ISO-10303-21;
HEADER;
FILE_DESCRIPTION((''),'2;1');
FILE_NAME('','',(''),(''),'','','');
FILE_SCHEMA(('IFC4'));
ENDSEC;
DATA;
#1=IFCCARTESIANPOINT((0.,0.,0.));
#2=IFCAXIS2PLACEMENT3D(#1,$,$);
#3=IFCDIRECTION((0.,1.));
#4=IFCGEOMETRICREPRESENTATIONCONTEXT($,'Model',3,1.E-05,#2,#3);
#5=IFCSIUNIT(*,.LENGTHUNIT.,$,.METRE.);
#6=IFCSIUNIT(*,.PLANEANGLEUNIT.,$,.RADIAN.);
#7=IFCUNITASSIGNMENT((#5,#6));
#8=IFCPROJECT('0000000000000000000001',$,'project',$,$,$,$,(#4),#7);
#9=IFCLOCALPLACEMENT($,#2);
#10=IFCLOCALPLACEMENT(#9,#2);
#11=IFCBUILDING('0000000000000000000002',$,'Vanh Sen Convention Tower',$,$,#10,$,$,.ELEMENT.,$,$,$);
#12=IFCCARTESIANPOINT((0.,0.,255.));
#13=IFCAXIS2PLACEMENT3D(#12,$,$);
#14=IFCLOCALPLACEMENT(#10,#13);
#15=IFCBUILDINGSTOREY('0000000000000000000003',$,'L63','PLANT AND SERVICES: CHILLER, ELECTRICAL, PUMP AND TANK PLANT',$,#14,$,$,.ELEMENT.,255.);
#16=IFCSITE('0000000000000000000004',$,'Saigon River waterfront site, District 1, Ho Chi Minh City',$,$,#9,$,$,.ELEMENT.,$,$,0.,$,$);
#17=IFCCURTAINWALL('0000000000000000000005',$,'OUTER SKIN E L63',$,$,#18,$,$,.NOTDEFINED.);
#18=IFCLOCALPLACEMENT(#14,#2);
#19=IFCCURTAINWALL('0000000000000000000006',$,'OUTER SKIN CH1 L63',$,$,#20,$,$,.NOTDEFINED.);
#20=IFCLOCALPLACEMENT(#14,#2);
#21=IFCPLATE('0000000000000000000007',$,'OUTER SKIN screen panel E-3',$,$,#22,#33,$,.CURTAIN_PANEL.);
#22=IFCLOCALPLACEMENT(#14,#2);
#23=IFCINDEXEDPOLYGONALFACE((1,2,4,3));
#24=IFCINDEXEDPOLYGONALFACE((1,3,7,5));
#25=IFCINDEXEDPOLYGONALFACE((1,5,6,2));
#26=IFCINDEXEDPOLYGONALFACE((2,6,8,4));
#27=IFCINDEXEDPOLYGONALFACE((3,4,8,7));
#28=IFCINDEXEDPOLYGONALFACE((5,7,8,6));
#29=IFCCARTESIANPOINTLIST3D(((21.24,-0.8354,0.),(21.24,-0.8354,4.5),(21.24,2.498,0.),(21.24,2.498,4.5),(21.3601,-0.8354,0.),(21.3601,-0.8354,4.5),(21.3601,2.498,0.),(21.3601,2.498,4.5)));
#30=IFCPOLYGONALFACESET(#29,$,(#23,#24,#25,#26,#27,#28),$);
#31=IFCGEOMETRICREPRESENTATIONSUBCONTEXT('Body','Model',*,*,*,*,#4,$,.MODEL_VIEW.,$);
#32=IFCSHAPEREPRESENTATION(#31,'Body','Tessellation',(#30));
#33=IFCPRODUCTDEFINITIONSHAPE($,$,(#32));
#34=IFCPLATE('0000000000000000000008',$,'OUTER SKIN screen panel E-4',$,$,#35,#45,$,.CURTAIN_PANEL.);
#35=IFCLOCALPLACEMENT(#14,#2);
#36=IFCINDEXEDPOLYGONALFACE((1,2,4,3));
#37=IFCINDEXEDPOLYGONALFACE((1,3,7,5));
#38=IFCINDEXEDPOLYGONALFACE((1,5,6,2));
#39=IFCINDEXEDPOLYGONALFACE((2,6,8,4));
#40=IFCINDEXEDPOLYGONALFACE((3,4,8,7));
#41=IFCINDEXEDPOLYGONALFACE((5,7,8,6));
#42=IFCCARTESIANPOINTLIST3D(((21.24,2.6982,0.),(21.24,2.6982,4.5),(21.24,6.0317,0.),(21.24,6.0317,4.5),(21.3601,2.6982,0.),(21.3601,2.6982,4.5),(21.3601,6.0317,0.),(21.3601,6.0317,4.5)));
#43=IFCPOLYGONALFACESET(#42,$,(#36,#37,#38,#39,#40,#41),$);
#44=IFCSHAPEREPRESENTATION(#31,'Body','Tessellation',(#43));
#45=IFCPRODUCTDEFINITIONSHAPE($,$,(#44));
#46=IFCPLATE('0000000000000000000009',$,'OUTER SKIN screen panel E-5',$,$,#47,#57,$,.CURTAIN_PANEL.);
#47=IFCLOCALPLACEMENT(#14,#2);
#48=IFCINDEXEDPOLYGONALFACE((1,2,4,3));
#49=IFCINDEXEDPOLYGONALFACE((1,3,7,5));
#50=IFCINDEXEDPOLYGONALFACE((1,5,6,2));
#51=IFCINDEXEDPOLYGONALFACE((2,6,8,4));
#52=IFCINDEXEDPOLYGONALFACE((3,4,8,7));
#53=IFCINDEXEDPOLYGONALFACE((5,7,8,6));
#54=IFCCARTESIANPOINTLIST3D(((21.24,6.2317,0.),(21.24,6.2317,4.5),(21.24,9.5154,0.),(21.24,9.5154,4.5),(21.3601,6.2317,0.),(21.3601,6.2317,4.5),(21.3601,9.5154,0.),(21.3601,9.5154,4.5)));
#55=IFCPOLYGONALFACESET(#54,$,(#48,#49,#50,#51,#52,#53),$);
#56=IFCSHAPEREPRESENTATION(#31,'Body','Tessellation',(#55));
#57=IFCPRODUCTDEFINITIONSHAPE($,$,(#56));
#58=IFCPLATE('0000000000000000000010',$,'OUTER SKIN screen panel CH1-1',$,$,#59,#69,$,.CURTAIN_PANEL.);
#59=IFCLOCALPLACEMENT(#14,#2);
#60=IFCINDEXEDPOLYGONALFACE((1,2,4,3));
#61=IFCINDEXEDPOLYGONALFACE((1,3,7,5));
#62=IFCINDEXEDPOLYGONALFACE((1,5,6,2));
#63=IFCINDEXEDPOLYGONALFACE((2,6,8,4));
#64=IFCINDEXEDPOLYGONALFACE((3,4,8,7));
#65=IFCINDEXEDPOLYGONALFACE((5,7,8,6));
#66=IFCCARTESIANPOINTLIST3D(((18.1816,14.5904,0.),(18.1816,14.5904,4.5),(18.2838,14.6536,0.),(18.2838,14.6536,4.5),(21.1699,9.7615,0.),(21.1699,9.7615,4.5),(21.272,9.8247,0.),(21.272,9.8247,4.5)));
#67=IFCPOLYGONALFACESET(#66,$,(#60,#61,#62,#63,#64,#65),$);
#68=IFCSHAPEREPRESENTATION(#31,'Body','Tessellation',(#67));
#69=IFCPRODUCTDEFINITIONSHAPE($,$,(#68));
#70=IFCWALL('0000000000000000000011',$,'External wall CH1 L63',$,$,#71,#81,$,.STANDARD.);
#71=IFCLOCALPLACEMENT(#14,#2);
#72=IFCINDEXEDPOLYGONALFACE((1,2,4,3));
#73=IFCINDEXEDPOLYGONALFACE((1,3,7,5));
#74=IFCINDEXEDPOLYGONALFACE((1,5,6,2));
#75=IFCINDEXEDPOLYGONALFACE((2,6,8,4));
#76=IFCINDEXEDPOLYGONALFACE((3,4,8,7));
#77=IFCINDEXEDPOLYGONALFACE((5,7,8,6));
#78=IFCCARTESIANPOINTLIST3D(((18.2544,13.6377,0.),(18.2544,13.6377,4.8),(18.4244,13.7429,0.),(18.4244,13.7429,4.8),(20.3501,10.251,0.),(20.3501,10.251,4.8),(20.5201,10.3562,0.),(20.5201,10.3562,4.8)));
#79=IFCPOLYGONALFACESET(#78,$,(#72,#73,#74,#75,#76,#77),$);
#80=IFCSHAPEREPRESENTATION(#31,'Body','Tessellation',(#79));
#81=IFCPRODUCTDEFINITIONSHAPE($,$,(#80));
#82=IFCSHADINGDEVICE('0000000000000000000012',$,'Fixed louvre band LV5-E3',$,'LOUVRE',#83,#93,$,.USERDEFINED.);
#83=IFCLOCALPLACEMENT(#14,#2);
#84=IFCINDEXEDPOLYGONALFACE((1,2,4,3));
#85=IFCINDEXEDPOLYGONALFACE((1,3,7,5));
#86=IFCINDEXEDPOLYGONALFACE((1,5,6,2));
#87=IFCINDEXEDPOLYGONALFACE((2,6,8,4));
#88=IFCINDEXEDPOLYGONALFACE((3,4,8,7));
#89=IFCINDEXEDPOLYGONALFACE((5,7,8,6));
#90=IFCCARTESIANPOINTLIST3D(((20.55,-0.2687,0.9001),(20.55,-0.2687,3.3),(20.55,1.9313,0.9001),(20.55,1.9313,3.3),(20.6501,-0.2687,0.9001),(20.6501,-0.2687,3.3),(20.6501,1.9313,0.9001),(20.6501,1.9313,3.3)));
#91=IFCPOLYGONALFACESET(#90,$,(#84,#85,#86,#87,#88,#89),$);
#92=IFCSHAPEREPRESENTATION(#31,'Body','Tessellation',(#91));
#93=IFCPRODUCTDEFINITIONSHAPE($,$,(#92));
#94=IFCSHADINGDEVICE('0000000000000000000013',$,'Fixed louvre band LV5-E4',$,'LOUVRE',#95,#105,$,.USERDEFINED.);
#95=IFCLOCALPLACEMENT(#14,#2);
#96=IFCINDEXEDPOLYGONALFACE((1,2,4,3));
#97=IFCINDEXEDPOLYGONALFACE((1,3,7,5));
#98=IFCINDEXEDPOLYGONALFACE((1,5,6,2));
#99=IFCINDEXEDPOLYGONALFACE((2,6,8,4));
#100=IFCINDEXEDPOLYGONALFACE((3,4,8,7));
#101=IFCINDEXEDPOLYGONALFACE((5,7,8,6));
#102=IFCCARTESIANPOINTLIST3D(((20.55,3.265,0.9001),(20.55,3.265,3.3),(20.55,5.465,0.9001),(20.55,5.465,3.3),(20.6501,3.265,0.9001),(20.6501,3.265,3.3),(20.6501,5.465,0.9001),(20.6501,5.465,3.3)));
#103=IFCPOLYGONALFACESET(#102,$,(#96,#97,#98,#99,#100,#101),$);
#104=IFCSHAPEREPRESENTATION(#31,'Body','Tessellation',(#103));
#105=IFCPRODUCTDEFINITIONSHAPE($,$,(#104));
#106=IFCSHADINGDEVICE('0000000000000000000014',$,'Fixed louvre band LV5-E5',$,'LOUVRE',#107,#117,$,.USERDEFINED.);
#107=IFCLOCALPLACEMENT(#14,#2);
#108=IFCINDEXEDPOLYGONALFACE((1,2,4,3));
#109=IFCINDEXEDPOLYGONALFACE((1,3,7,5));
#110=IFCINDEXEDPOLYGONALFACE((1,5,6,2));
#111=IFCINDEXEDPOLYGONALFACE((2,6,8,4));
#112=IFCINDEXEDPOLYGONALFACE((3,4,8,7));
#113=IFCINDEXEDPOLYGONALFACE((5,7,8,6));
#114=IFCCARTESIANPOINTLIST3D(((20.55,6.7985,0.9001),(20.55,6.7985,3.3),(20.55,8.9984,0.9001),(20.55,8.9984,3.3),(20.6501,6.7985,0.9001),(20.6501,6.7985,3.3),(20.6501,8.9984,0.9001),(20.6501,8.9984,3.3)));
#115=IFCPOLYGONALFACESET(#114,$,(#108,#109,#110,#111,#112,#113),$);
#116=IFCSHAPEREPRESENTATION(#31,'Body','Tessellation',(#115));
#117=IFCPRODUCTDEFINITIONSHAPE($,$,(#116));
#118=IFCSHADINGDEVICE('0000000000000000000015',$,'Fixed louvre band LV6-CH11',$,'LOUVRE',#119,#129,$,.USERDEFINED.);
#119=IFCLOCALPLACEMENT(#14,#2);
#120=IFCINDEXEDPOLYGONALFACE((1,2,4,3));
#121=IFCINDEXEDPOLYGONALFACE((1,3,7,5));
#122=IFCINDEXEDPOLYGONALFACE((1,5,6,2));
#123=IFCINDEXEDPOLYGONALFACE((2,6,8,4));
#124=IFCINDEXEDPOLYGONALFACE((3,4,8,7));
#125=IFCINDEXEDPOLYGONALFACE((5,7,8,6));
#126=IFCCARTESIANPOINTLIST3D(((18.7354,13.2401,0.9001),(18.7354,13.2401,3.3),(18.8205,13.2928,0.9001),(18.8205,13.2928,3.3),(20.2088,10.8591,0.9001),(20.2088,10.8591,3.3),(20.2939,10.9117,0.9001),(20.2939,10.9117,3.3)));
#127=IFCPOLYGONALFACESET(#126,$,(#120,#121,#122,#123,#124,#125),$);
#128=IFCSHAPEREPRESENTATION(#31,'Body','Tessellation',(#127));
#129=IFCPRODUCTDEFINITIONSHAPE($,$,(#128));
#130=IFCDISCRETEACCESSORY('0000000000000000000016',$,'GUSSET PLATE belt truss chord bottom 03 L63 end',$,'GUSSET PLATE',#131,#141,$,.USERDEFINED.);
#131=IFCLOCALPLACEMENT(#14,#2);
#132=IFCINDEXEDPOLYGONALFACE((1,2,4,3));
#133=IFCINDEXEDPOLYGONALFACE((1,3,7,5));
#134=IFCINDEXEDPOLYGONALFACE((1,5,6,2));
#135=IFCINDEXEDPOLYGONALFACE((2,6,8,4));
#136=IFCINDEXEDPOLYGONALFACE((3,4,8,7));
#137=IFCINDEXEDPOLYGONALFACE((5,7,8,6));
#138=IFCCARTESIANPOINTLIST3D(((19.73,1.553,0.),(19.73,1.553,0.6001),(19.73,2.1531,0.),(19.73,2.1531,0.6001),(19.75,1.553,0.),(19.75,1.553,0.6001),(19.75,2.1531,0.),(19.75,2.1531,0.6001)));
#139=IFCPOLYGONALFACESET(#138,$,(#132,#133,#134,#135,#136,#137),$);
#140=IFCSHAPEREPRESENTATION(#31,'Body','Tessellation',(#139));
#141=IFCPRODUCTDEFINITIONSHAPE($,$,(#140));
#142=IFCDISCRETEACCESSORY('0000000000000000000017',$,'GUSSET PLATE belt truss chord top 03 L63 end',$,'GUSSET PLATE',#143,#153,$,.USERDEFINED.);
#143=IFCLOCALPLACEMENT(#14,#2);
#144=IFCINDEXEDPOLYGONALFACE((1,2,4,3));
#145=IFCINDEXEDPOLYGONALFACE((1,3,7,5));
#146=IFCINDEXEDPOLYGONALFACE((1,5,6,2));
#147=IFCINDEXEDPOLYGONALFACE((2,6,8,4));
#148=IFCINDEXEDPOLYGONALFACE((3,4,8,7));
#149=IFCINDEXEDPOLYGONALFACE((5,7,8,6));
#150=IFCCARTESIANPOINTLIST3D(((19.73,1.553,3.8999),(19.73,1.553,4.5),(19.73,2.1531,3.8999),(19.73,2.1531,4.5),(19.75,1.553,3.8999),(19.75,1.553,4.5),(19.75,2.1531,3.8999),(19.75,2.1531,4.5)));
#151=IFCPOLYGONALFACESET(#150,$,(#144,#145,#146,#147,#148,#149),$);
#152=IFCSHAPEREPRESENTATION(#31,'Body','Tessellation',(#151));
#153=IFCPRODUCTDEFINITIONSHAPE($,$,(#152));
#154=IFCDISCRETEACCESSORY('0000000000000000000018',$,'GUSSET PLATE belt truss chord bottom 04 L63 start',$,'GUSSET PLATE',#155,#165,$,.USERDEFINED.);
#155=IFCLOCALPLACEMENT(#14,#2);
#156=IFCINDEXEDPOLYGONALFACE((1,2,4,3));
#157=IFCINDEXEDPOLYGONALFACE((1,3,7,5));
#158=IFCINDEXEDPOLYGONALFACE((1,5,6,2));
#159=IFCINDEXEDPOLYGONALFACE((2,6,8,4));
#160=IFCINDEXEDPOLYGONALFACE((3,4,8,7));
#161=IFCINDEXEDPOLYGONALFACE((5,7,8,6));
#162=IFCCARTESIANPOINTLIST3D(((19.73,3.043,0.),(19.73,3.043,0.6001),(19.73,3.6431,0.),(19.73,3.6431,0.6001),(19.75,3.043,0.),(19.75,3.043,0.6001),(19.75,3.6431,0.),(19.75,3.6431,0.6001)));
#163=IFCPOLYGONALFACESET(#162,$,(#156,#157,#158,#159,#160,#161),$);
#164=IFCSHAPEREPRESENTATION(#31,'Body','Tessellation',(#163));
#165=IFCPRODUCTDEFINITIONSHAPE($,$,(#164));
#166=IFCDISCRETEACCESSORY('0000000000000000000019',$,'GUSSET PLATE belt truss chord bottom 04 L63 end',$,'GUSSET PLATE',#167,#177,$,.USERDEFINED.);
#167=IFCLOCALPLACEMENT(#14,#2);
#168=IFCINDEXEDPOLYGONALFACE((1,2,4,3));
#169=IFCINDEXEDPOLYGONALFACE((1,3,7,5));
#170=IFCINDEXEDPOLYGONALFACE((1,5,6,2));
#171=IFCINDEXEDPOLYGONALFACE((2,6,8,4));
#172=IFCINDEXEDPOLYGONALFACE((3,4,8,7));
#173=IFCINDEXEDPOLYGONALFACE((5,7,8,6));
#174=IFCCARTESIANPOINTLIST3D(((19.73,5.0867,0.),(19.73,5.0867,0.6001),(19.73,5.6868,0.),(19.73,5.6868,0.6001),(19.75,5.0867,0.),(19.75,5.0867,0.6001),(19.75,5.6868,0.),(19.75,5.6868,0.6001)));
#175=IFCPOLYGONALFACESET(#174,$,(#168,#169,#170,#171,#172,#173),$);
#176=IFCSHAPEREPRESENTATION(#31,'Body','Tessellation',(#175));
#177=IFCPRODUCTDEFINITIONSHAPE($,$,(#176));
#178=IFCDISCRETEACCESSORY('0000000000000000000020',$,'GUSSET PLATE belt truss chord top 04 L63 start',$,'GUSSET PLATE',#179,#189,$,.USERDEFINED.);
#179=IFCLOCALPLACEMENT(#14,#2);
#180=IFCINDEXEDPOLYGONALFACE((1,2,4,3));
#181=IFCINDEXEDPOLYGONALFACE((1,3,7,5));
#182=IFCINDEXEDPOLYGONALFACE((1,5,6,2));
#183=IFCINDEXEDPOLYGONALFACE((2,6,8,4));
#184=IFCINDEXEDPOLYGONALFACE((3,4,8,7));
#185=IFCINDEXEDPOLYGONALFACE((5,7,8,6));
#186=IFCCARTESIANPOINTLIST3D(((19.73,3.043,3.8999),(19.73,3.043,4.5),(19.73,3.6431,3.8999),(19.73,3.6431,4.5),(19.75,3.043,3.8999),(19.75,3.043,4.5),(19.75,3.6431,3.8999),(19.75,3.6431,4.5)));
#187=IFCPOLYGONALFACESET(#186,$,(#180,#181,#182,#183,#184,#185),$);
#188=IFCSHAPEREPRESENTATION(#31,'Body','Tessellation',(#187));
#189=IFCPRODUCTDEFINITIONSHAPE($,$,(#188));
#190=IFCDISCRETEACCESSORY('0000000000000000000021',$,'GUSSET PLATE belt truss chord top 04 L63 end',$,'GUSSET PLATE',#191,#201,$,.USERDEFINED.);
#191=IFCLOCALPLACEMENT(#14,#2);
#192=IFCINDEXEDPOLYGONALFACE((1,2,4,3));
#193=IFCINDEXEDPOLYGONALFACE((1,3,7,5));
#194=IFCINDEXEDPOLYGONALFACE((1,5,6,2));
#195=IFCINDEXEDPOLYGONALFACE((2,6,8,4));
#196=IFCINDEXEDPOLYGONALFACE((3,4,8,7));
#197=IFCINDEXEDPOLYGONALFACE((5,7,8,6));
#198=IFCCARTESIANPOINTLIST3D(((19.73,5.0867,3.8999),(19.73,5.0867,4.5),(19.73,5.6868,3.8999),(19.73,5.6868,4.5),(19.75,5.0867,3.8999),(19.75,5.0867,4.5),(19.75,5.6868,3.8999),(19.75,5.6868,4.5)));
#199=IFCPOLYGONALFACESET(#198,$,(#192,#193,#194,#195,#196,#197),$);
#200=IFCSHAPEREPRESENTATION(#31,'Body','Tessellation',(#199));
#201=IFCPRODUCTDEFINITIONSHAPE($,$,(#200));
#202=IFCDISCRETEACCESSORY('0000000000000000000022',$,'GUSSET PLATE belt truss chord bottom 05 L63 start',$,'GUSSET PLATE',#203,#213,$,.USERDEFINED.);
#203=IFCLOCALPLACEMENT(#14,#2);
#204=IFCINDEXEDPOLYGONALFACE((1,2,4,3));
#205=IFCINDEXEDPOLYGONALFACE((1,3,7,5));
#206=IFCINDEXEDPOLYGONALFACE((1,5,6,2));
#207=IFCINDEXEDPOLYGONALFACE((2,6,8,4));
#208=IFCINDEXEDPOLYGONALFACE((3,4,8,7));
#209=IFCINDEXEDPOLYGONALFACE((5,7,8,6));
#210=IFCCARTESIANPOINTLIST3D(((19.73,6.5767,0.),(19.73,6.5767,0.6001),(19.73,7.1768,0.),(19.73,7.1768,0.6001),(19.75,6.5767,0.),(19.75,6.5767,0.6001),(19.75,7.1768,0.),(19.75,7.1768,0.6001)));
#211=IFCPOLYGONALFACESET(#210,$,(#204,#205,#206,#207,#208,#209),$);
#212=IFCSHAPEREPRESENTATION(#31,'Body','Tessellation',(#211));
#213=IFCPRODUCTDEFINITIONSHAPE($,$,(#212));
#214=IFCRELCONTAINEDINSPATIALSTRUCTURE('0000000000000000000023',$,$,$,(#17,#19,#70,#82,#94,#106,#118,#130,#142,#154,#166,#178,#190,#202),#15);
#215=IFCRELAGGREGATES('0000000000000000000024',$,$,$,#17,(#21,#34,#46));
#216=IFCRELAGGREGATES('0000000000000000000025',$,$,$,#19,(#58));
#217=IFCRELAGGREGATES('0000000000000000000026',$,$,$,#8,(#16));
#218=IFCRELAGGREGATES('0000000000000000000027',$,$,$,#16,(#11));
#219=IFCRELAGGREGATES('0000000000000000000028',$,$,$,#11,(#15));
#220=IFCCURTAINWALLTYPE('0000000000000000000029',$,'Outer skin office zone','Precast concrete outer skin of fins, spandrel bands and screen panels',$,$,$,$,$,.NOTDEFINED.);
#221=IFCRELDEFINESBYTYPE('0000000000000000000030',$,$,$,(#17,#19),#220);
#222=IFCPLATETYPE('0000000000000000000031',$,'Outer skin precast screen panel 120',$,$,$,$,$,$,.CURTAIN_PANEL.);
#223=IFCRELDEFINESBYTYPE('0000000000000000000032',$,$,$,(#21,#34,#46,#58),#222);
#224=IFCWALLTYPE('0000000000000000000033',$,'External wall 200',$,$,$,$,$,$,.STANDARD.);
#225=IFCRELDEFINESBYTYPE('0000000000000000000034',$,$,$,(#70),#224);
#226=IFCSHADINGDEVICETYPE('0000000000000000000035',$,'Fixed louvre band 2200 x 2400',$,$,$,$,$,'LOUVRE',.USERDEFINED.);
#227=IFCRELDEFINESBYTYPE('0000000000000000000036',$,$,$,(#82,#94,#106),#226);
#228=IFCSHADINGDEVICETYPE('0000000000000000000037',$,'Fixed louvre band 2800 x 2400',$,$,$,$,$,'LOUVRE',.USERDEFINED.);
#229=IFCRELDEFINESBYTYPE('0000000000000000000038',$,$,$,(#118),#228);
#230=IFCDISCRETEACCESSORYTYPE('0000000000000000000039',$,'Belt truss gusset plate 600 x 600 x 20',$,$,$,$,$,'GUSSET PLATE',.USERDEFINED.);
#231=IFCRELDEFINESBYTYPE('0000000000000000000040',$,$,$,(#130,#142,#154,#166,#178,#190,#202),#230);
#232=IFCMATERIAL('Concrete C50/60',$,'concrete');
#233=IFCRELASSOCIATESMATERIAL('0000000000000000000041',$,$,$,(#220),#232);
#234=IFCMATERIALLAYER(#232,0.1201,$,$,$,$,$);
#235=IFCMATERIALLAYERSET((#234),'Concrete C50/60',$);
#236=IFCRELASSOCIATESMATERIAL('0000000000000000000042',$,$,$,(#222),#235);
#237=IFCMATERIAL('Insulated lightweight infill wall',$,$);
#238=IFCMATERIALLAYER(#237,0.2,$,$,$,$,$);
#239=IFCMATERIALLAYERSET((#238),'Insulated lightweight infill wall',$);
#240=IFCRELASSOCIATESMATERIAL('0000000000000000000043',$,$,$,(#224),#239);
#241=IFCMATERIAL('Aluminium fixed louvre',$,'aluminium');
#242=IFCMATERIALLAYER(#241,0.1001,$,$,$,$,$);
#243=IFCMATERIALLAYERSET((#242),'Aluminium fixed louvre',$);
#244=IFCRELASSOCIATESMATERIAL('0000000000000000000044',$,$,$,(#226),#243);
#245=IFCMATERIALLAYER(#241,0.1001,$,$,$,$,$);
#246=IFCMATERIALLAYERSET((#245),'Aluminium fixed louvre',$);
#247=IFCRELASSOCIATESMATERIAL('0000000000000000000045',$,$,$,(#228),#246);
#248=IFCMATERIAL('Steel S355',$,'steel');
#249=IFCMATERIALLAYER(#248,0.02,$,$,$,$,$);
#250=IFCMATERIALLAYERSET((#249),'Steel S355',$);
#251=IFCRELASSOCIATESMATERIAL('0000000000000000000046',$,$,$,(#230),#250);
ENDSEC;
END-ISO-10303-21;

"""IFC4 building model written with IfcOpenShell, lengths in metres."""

from ifc_helpers import new_model, si_unit, direction, frame, frame_2d, origin, origin_2d, place, context, subcontext, project, spatial, rectangle, extrude, material, layer, layer_set, type_object, element, aggregate, save


model = new_model("IFC4")

# Units and contexts
model_context = context("Model", 3, precision=1e-05, world=origin(), true_north=direction((0.0, 1.0)))
body_context = subcontext(model_context, "Body", "Model", "MODEL_VIEW")
ifc_project = project(units=[si_unit("LENGTHUNIT", "METRE"), si_unit("PLANEANGLEUNIT", "RADIAN")], contexts=[model_context])

# Site, building, storey
site_placement = place(None, origin())
site = spatial("IfcSite", under=ifc_project, at=site_placement, Name="Saigon River waterfront site, District 1, Ho Chi Minh City", CompositionType="ELEMENT", RefElevation=0.0)
building_placement = place(site_placement, origin())
building = spatial("IfcBuilding", under=site, at=building_placement, Name="Vanh Sen Convention Tower", CompositionType="ELEMENT")
storey_placement = place(building_placement, frame((0.0, 0.0, 255.0)))
storey = spatial("IfcBuildingStorey", under=building, at=storey_placement, Name="L63", Description="PLANT AND SERVICES: CHILLER, ELECTRICAL, PUMP AND TANK PLANT", CompositionType="ELEMENT", Elevation=255.0)

# Shared definitions
ifc_material_1 = material(Name="Steel S355", Category="steel")

# Curtain wall
ifc_material_2 = material(Name="Concrete C50/60", Category="concrete")
curtain_wall_type = type_object("IfcCurtainWallType", Name="Outer skin office zone", Description="Precast concrete outer skin of fins, spandrel bands and screen panels", PredefinedType="NOTDEFINED", material=ifc_material_2)
curtain_wall_1_placement = place(storey_placement, origin())
curtain_wall_1 = element("IfcCurtainWall", 1, at=curtain_wall_1_placement, inside=storey, type_object=curtain_wall_type, Name="OUTER SKIN E L63", PredefinedType="NOTDEFINED")

# Curtain wall
curtain_wall_2_placement = place(storey_placement, origin())
curtain_wall_2 = element("IfcCurtainWall", 2, at=curtain_wall_2_placement, inside=storey, type_object=curtain_wall_type, Name="OUTER SKIN CH1 L63", PredefinedType="NOTDEFINED")

# Plates
ifc_layer_1 = layer(ifc_material_2, 0.1201)
ifc_layer_set_1 = layer_set([ifc_layer_1], Name="Concrete C50/60")
plate_type = type_object("IfcPlateType", Name="Outer skin precast screen panel 120", PredefinedType="CURTAIN_PANEL", material=ifc_layer_set_1)
plate_1_placement = place(storey_placement, frame((21.3, 0.8313, 0.0), z_axis=(0.0, 0.0, 1.0), x_axis=(0.0, 1.0, 0.0)))
plate_1 = element("IfcPlate", 3, at=plate_1_placement, type_object=plate_type, Name="OUTER SKIN screen panel E-3", PredefinedType="CURTAIN_PANEL", context=body_context, shape_type="SweptSolid", body=[
    extrude(rectangle(XDim=3.3335, YDim=0.1201, at=origin_2d()), origin(), (0.0, 0.0, 1.0), 4.5),
])
plate_2_placement = place(storey_placement, frame((21.3, 4.365, 0.0), z_axis=(0.0, 0.0, 1.0), x_axis=(0.0, 1.0, 0.0)))
plate_2 = element("IfcPlate", 4, at=plate_2_placement, type_object=plate_type, Name="OUTER SKIN screen panel E-4", PredefinedType="CURTAIN_PANEL", context=body_context, shape_type="SweptSolid", body=[
    extrude(rectangle(XDim=3.3335, YDim=0.1201, at=origin_2d()), origin(), (0.0, 0.0, 1.0), 4.5),
])
plate_3_placement = place(storey_placement, frame((21.3, 7.8735, 0.0), z_axis=(0.0, 0.0, 1.0), x_axis=(0.0, 1.0, 0.0)))
plate_3 = element("IfcPlate", 5, at=plate_3_placement, type_object=plate_type, Name="OUTER SKIN screen panel E-5", PredefinedType="CURTAIN_PANEL", context=body_context, shape_type="SweptSolid", body=[
    extrude(rectangle(XDim=3.2837, YDim=0.1201, at=origin_2d()), origin(), (0.0, 0.0, 1.0), 4.5),
])
aggregate(curtain_wall_1, [plate_1, plate_2, plate_3])
plate_4_placement = place(storey_placement, frame((19.7268, 12.2075, 0.0), z_axis=(0.0, 0.0, 1.0), x_axis=(-0.526217, 0.85035, 0.0)))
plate_4 = element("IfcPlate", 6, at=plate_4_placement, type_object=plate_type, Name="OUTER SKIN screen panel CH1-1", PredefinedType="CURTAIN_PANEL", context=body_context, shape_type="SweptSolid", body=[
    extrude(rectangle(XDim=5.6787, YDim=0.1201, at=origin_2d()), origin(), (0.0, 0.0, 1.0), 4.5),
])
aggregate(curtain_wall_2, [plate_4])

# Wall
ifc_material_3 = material(Name="Insulated lightweight infill wall")
ifc_layer_2 = layer(ifc_material_3, 0.2)
ifc_layer_set_2 = layer_set([ifc_layer_2], Name="Insulated lightweight infill wall")
wall_type = type_object("IfcWallType", Name="External wall 200", PredefinedType="STANDARD", material=ifc_layer_set_2)
wall_placement = place(storey_placement, frame((20.4351, 10.3037, 0.0), z_axis=(0.0, 0.0, 1.0), x_axis=(-0.526203, 0.850359, 0.0)))
element("IfcWall", 7, at=wall_placement, inside=storey, type_object=wall_type, Name="External wall CH1 L63", PredefinedType="STANDARD", context=body_context, shape_type="SweptSolid", body=[
    extrude(rectangle(XDim=3.9827, YDim=0.2, at=frame_2d((1.9912, 0.0))), origin(), (0.0, 0.0, 1.0), 4.8),
])

# Shading devices
ifc_material_4 = material(Name="Aluminium fixed louvre", Category="aluminium")
ifc_layer_3 = layer(ifc_material_4, 0.1001)
ifc_layer_set_3 = layer_set([ifc_layer_3], Name="Aluminium fixed louvre")
shading_device_type_1 = type_object("IfcShadingDeviceType", Name="Fixed louvre band 2200 x 2400", ElementType="LOUVRE", PredefinedType="USERDEFINED", material=ifc_layer_set_3)
for number, where, z_axis, x_axis, name in (
    (8, (20.6001, 0.8313, 0.9001), (0.0, 0.0, 1.0), (0.0, 1.0, 0.0), "Fixed louvre band LV5-E3"),
    (9, (20.6001, 4.365, 0.9001), (0.0, 0.0, 1.0), (0.0, 1.0, 0.0), "Fixed louvre band LV5-E4"),
    (10, (20.6001, 7.8984, 0.9001), (0.0, 0.0, 1.0), (0.0, 1.0, 0.0), "Fixed louvre band LV5-E5"),
):
    element("IfcShadingDevice", number, at=place(storey_placement, frame(where, z_axis=z_axis, x_axis=x_axis)), inside=storey, type_object=shading_device_type_1, Name=name, ObjectType="LOUVRE", PredefinedType="USERDEFINED", context=body_context, shape_type="SweptSolid", body=[
        extrude(rectangle(XDim=2.2, YDim=0.1001, at=origin_2d()), origin(), (0.0, 0.0, 1.0), 2.3999),
    ])
ifc_layer_4 = layer(ifc_material_4, 0.1001)
ifc_layer_set_4 = layer_set([ifc_layer_4], Name="Aluminium fixed louvre")
shading_device_type_2 = type_object("IfcShadingDeviceType", Name="Fixed louvre band 2800 x 2400", ElementType="LOUVRE", PredefinedType="USERDEFINED", material=ifc_layer_set_4)
shading_device_placement = place(storey_placement, frame((19.5146, 12.0759, 0.9001), z_axis=(0.0, 0.0, 1.0), x_axis=(-0.526208, 0.850356, 0.0)))
element("IfcShadingDevice", 11, at=shading_device_placement, inside=storey, type_object=shading_device_type_2, Name="Fixed louvre band LV6-CH11", ObjectType="LOUVRE", PredefinedType="USERDEFINED", context=body_context, shape_type="SweptSolid", body=[
    extrude(rectangle(XDim=2.8, YDim=0.1001, at=origin_2d()), origin(), (0.0, 0.0, 1.0), 2.3999),
])

# Discrete accessories
ifc_layer_5 = layer(ifc_material_1, 0.02)
ifc_layer_set_5 = layer_set([ifc_layer_5], Name="Steel S355")
discrete_accessory_type_1 = type_object("IfcDiscreteAccessoryType", Name="Belt truss gusset plate 600 x 600 x 20", ElementType="GUSSET PLATE", PredefinedType="USERDEFINED", material=ifc_layer_set_5)
for number, where, z_axis, x_axis, name in (
    (12, (19.74, 1.853, 0.0), (0.0, 0.0, 1.0), (0.0, -1.0, 0.0), "GUSSET PLATE belt truss chord bottom 03 L63 end"),
    (13, (19.74, 1.853, 3.8999), (0.0, 0.0, 1.0), (0.0, -1.0, 0.0), "GUSSET PLATE belt truss chord top 03 L63 end"),
    (14, (19.74, 3.343, 0.0), (0.0, 0.0, 1.0), (0.0, 1.0, 0.0), "GUSSET PLATE belt truss chord bottom 04 L63 start"),
    (15, (19.74, 5.3867, 0.0), (0.0, 0.0, 1.0), (0.0, -1.0, 0.0), "GUSSET PLATE belt truss chord bottom 04 L63 end"),
    (16, (19.74, 3.343, 3.8999), (0.0, 0.0, 1.0), (0.0, 1.0, 0.0), "GUSSET PLATE belt truss chord top 04 L63 start"),
    (17, (19.74, 5.3867, 3.8999), (0.0, 0.0, 1.0), (0.0, -1.0, 0.0), "GUSSET PLATE belt truss chord top 04 L63 end"),
    (18, (19.74, 6.8767, 0.0), (0.0, 0.0, 1.0), (0.0, 1.0, 0.0), "GUSSET PLATE belt truss chord bottom 05 L63 start"),
):
    element("IfcDiscreteAccessory", number, at=place(storey_placement, frame(where, z_axis=z_axis, x_axis=x_axis)), inside=storey, type_object=discrete_accessory_type_1, Name=name, ObjectType="GUSSET PLATE", PredefinedType="USERDEFINED", context=body_context, shape_type="SweptSolid", body=[
        extrude(rectangle(XDim=0.6001, YDim=0.02, at=origin_2d()), origin(), (0.0, 0.0, 1.0), 0.6001),
    ])

save(model, "model.ifc")
